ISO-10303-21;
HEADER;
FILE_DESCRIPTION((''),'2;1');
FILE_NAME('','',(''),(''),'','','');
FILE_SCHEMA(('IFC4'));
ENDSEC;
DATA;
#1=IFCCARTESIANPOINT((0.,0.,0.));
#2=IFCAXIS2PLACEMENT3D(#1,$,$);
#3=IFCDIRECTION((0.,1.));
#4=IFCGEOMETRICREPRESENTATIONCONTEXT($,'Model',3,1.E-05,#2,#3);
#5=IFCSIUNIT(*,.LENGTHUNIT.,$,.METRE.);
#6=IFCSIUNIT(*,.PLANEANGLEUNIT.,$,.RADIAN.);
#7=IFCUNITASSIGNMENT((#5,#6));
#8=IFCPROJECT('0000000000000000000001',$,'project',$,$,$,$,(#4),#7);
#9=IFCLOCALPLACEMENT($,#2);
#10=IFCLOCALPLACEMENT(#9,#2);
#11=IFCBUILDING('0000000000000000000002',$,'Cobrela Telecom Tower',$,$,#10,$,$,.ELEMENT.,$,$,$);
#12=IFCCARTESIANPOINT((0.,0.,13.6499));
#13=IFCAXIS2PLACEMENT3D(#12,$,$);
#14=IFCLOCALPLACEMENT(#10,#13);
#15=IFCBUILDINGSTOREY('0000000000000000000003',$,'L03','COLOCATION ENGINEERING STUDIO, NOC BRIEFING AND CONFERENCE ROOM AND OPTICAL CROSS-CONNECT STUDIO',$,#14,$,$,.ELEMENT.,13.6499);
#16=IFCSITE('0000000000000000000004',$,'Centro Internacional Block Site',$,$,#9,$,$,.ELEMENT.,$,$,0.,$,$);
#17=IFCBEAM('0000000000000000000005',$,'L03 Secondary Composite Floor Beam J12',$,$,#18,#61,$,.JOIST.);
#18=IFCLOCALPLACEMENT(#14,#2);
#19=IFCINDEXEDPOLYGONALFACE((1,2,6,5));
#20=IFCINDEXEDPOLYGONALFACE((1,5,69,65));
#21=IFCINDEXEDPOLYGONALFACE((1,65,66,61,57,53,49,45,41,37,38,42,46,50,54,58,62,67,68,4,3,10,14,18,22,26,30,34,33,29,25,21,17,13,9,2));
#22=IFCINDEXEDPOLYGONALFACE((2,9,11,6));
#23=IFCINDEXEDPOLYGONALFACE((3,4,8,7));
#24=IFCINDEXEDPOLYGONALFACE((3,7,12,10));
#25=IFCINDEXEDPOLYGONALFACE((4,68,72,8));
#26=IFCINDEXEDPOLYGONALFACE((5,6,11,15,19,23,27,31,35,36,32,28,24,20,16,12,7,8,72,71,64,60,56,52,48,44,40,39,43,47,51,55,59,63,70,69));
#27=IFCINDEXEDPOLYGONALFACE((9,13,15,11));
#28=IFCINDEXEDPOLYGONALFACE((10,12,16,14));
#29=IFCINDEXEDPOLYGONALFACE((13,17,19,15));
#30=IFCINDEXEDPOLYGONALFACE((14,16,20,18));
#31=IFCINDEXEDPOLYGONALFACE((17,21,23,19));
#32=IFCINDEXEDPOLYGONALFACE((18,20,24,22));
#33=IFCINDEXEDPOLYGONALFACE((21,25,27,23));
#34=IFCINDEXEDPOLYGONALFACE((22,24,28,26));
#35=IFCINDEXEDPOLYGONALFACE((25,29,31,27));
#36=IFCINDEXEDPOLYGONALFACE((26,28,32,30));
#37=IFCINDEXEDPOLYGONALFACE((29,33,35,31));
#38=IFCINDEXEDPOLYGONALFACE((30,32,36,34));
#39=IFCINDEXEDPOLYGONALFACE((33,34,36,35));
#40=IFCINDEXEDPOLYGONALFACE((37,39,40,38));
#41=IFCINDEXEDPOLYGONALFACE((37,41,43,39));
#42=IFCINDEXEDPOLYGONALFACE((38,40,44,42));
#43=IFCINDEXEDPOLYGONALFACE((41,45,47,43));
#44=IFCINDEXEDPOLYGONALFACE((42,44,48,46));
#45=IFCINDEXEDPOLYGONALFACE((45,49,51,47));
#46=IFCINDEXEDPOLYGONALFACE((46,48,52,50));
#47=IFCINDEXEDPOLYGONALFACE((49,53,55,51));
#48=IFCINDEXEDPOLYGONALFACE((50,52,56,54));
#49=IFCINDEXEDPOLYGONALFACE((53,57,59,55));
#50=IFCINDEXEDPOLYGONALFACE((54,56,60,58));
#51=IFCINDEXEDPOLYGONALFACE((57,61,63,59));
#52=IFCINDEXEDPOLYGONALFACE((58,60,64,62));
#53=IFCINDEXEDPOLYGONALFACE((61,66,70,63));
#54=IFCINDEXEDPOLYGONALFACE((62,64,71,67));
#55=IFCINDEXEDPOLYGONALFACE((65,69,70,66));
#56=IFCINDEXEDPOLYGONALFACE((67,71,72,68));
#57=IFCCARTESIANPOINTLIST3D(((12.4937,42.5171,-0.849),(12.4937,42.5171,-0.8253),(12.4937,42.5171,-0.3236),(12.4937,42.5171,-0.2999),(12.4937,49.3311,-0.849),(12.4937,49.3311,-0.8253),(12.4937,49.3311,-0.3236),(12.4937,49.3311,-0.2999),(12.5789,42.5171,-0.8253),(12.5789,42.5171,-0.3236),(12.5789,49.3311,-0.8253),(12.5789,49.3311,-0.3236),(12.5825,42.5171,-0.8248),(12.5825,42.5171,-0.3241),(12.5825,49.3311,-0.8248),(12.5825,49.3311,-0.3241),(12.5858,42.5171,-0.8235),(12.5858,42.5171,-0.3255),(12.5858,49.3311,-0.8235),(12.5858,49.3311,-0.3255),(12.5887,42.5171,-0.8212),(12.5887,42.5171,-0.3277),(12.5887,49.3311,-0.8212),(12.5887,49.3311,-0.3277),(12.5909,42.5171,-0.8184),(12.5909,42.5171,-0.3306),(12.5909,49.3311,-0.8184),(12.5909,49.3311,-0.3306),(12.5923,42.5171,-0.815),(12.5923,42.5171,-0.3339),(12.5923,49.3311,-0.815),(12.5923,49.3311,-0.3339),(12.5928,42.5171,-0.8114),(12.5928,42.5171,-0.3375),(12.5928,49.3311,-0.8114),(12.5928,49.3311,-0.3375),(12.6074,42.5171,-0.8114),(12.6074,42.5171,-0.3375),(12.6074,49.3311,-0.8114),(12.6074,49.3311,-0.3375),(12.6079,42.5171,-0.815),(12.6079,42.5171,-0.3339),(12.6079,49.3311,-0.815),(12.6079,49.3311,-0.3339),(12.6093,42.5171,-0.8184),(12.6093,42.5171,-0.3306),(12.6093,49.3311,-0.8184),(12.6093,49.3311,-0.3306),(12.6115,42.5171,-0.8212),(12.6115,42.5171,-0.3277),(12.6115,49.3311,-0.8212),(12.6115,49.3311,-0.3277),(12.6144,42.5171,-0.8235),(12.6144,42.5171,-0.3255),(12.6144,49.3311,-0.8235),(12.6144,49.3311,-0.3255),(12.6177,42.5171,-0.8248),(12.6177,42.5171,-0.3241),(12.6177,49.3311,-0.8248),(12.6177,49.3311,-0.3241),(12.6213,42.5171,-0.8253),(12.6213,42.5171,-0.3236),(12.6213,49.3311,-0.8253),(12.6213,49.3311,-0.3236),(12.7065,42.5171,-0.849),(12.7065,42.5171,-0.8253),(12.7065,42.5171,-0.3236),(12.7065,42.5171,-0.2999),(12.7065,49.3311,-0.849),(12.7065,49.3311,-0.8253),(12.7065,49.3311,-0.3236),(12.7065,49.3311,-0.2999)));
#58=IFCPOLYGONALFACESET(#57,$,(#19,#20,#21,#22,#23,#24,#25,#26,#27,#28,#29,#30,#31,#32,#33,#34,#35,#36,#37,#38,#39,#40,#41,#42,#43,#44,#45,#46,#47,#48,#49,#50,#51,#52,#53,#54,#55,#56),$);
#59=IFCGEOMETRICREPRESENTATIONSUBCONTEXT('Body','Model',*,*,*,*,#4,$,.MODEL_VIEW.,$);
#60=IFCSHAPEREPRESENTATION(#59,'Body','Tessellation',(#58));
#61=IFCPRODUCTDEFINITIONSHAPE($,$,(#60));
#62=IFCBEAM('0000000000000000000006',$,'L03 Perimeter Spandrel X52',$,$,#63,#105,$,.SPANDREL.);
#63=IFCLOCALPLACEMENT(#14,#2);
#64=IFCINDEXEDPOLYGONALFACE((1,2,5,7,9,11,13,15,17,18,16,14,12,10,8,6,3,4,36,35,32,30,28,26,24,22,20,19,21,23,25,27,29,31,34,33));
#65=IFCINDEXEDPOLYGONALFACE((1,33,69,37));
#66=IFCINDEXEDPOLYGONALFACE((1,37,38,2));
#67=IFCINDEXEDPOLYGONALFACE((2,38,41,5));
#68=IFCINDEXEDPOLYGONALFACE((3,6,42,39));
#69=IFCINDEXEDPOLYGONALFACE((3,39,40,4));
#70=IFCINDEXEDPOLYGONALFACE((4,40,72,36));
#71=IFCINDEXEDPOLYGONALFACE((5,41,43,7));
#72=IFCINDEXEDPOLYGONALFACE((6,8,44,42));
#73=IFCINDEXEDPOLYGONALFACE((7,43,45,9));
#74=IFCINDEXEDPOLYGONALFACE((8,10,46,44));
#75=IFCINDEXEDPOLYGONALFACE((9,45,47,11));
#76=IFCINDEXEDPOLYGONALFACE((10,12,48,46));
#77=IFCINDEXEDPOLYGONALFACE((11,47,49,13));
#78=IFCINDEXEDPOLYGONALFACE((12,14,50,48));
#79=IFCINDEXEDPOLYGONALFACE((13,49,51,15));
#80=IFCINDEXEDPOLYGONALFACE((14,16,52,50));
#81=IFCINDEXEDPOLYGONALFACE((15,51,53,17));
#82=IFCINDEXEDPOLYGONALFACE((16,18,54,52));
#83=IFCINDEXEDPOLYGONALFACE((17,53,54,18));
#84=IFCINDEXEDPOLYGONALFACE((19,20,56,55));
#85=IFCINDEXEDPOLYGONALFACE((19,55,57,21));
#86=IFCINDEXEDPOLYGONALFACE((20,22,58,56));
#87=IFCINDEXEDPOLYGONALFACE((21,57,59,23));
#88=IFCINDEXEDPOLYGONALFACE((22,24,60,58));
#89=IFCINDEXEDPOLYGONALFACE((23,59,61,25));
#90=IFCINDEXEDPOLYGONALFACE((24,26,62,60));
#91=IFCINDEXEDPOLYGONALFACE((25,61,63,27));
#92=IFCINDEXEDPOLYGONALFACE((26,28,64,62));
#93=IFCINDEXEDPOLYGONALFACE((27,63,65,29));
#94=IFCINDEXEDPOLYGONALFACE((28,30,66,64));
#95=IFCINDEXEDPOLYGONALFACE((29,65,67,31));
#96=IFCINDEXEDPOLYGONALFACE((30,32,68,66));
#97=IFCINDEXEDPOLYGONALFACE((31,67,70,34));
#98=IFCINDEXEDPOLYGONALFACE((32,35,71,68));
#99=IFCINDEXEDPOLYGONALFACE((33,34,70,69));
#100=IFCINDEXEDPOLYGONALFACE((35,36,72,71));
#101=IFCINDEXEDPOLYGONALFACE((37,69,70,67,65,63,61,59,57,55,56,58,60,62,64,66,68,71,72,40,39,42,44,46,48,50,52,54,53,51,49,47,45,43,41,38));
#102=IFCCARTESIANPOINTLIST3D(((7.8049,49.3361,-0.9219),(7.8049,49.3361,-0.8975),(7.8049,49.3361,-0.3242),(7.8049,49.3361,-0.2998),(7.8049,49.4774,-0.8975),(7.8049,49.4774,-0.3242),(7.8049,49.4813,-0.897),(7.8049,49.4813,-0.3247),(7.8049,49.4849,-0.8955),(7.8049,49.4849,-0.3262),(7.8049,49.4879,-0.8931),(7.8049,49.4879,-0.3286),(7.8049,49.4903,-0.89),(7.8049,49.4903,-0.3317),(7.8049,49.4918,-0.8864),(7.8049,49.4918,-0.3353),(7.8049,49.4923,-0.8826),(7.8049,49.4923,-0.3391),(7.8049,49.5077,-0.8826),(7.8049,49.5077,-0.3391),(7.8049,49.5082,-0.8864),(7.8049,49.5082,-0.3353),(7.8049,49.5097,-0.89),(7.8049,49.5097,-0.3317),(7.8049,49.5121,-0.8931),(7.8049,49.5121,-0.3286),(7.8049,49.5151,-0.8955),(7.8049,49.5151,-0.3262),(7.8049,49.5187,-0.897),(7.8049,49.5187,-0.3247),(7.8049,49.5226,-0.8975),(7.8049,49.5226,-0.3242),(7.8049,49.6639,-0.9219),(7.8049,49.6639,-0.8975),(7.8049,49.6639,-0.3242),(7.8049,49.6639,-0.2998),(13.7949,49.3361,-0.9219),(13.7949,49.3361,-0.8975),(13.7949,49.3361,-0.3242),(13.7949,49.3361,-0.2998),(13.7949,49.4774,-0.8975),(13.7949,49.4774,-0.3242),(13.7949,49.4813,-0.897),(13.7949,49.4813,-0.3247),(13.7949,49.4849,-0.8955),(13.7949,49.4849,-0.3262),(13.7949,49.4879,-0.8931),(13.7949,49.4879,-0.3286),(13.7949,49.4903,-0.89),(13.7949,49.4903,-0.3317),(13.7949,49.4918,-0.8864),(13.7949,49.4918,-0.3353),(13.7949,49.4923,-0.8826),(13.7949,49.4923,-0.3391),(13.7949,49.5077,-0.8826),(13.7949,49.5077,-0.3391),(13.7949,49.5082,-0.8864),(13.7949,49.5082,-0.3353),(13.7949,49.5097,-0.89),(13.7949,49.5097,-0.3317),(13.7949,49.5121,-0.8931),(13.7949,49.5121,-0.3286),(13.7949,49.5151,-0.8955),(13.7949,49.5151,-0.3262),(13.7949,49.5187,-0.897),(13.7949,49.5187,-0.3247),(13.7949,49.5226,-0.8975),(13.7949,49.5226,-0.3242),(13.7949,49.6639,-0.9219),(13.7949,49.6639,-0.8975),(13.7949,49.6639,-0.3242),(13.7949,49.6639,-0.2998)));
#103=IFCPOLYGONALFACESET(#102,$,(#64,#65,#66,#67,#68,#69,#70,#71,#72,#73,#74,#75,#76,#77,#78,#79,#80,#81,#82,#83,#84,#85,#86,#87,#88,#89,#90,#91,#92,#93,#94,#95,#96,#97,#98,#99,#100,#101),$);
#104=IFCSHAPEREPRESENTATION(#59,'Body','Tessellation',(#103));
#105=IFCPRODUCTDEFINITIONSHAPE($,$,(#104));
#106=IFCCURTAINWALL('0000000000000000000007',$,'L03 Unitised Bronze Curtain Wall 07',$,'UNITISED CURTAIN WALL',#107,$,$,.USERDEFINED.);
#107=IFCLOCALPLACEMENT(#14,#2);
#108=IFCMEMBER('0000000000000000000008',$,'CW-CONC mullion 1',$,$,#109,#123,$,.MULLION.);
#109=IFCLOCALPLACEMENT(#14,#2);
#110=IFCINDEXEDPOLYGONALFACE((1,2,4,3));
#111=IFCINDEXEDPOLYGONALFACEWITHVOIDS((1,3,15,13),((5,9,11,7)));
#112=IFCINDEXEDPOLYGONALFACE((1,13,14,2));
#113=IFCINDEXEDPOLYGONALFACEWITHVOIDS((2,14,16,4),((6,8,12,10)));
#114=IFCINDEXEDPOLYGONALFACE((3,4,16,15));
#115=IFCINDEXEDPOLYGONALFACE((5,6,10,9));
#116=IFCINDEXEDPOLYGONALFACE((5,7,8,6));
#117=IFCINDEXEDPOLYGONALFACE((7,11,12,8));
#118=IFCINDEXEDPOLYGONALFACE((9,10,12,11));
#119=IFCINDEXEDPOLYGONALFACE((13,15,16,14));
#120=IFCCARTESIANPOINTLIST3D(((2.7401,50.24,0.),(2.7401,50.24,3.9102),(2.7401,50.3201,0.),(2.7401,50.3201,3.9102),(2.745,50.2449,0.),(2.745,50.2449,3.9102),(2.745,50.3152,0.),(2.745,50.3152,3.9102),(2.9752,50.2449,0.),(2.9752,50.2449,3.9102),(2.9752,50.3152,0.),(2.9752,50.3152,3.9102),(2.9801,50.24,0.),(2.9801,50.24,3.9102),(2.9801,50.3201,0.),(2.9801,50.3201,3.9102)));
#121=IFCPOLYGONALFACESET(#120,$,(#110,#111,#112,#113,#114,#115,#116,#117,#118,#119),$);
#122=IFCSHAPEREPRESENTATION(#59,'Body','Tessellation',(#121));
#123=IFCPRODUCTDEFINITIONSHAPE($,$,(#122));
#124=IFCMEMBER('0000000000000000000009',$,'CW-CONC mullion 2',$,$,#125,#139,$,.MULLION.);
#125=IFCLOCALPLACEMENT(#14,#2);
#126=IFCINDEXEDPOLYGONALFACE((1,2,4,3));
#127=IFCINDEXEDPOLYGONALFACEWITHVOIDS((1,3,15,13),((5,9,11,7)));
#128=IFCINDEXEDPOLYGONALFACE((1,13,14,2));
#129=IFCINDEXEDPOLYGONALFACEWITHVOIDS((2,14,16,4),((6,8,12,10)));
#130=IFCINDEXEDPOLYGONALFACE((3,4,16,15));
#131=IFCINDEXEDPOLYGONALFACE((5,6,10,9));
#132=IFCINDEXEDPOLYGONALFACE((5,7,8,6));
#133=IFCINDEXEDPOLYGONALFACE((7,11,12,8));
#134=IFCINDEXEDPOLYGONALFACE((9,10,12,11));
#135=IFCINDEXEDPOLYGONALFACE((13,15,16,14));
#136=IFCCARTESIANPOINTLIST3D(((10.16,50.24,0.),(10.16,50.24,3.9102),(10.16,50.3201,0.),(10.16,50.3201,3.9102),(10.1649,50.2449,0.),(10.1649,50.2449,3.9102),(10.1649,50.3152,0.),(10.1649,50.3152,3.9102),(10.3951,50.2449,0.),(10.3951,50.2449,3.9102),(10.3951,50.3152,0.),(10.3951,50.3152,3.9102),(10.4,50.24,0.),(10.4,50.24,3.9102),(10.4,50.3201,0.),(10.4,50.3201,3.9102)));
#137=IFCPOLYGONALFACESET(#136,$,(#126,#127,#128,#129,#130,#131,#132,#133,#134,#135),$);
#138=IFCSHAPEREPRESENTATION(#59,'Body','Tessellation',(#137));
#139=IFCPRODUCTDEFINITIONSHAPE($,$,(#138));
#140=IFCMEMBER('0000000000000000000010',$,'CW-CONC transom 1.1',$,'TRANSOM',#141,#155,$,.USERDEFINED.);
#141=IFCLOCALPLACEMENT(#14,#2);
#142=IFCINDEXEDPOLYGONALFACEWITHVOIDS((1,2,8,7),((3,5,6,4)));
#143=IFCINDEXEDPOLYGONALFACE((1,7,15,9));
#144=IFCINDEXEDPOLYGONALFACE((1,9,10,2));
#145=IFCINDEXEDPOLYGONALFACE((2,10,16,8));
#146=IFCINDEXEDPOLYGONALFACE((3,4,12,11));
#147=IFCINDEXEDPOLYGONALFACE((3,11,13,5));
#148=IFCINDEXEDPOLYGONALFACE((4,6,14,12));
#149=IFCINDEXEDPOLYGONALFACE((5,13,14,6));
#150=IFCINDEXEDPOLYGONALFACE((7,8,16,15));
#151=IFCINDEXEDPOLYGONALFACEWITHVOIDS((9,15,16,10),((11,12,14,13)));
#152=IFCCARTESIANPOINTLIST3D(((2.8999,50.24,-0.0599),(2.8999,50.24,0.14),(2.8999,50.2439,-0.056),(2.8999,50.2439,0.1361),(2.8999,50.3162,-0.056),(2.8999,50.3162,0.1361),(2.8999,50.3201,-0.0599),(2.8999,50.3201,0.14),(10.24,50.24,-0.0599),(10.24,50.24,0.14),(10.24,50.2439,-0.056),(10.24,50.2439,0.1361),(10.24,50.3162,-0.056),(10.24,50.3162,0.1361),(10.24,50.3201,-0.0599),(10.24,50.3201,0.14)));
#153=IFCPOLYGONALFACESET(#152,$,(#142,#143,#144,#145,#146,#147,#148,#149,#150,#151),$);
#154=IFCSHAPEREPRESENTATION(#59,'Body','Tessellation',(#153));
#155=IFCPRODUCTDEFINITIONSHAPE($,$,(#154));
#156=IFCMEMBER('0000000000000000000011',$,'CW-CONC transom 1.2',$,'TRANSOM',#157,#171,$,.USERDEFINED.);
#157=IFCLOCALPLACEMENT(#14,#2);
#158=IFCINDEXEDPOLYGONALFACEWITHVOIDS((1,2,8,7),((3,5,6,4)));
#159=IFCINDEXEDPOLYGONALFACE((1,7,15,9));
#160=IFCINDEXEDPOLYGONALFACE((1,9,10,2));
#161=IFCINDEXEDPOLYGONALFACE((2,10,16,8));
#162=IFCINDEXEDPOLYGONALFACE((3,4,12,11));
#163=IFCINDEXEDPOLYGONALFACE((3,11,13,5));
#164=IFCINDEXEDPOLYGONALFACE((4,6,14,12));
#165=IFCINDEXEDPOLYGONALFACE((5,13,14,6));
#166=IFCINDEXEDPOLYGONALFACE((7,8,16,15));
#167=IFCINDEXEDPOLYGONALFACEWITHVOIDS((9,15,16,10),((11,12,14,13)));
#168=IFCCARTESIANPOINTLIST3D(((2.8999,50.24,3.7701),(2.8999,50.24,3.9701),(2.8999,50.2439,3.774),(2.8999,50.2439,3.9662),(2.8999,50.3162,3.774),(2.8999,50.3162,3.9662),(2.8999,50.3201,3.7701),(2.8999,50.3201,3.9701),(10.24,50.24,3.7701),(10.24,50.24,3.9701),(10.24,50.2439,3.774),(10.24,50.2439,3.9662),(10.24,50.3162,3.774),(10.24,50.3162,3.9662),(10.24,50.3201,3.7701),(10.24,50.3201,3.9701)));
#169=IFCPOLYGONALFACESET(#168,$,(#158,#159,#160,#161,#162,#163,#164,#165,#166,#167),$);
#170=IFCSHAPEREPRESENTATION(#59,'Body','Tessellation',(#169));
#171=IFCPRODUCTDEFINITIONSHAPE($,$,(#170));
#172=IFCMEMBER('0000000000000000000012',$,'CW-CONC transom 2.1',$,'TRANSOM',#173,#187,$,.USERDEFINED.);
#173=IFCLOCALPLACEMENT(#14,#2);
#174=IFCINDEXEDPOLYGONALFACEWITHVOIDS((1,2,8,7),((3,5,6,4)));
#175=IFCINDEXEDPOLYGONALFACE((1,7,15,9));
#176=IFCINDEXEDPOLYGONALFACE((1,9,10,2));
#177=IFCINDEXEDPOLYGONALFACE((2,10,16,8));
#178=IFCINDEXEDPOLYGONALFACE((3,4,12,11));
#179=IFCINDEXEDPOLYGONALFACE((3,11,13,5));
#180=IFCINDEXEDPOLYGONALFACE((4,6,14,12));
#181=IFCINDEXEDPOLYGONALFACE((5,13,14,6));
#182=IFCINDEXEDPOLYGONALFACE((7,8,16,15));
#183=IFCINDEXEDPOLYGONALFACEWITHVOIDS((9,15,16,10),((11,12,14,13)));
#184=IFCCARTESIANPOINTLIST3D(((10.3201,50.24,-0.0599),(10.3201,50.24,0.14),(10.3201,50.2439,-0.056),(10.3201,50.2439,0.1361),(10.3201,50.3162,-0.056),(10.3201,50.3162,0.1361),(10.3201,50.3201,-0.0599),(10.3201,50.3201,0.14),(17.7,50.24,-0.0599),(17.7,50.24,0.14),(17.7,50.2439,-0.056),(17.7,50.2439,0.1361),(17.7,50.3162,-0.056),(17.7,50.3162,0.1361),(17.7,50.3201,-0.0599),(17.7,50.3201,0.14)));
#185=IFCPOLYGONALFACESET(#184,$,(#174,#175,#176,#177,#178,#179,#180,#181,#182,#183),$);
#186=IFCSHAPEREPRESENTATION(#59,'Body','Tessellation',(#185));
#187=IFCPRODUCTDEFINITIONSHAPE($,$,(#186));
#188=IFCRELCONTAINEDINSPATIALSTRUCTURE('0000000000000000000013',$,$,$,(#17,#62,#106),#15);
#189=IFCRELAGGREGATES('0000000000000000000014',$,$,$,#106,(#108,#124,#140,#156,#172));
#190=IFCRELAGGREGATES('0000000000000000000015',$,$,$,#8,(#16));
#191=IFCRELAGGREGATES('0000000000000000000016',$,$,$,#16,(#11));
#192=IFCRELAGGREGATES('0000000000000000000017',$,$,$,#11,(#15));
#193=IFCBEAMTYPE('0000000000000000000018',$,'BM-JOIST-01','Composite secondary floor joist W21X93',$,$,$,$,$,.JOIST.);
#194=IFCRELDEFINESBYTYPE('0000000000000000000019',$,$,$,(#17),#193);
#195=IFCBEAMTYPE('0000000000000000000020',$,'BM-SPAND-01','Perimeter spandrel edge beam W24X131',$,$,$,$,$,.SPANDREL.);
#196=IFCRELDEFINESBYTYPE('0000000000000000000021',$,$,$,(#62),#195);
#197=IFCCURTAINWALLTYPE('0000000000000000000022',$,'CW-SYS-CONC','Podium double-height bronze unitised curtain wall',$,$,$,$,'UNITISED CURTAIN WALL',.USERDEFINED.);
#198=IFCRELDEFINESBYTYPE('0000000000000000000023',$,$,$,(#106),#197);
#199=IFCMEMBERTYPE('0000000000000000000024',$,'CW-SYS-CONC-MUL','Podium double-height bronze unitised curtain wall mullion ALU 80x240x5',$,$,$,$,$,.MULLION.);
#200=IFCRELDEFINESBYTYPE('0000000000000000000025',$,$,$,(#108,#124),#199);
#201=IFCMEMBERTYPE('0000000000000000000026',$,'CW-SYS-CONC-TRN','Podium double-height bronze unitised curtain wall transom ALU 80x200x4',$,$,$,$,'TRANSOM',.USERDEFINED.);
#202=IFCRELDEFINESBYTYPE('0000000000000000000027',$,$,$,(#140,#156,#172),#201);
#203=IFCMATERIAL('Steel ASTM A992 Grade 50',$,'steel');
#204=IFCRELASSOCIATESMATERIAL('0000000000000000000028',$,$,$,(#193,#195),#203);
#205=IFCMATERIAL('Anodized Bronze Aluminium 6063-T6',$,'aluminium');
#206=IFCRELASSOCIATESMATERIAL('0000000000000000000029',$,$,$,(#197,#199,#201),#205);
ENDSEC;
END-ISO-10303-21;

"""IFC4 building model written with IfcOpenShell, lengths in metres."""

from ifc_helpers import new_model, si_unit, direction, frame, origin, origin_2d, place, context, subcontext, project, spatial, hollow_rectangle, i_section, extrude, material, material_profile, profile_set, type_object, element, aggregate, save


model = new_model("IFC4")

# Units and contexts
model_context = context("Model", 3, precision=1e-05, world=origin(), true_north=direction((0.0, 1.0)))
body_context = subcontext(model_context, "Body", "Model", "MODEL_VIEW")
ifc_project = project(units=[si_unit("LENGTHUNIT", "METRE"), si_unit("PLANEANGLEUNIT", "RADIAN")], contexts=[model_context])

# Site, building, storey
site_placement = place(None, origin())
site = spatial("IfcSite", under=ifc_project, at=site_placement, Name="Centro Internacional Block Site", CompositionType="ELEMENT", RefElevation=0.0)
building_placement = place(site_placement, origin())
building = spatial("IfcBuilding", under=site, at=building_placement, Name="Cobrela Telecom Tower", CompositionType="ELEMENT")
storey_placement = place(building_placement, frame((0.0, 0.0, 13.6499)))
storey = spatial("IfcBuildingStorey", under=building, at=storey_placement, Name="L03", Description="COLOCATION ENGINEERING STUDIO, NOC BRIEFING AND CONFERENCE ROOM AND OPTICAL CROSS-CONNECT STUDIO", CompositionType="ELEMENT", Elevation=13.6499)

# Beams
ifc_material_1 = material(Name="Steel ASTM A992 Grade 50", Category="steel")
ifc_material_profile_1 = material_profile(ifc_material_1, i_section(OverallWidth=0.2129, OverallDepth=0.5491, WebThickness=0.0146, FlangeThickness=0.0237, FilletRadius=0.0139, at=origin_2d()), Name="W21X93")
ifc_profile_set_1 = profile_set([ifc_material_profile_1], Name="Steel ASTM A992 Grade 50")
beam_type_1 = type_object("IfcBeamType", Name="BM-JOIST-01", Description="Composite secondary floor joist W21X93", PredefinedType="JOIST", material=ifc_profile_set_1)
beam_1_placement = place(storey_placement, frame((12.6001, 42.5171, -0.5745), z_axis=(0.0, 1.0, 0.0), x_axis=(-1.0, 0.0, 0.0)))
element("IfcBeam", 1, at=beam_1_placement, inside=storey, type_object=beam_type_1, Name="L03 Secondary Composite Floor Beam J12", PredefinedType="JOIST", context=body_context, shape_type="SweptSolid", body=[
    extrude(i_section(OverallWidth=0.2129, OverallDepth=0.5491, WebThickness=0.0146, FlangeThickness=0.0237, FilletRadius=0.0139, at=origin_2d()), origin(), (0.0, 0.0, 1.0), 6.814),
])
ifc_material_profile_2 = material_profile(ifc_material_1, i_section(OverallWidth=0.3279, OverallDepth=0.6221, WebThickness=0.0154, FlangeThickness=0.0244, FilletRadius=0.0149, at=origin_2d()), Name="W24X131")
ifc_profile_set_2 = profile_set([ifc_material_profile_2], Name="Steel ASTM A992 Grade 50")
beam_type_2 = type_object("IfcBeamType", Name="BM-SPAND-01", Description="Perimeter spandrel edge beam W24X131", PredefinedType="SPANDREL", material=ifc_profile_set_2)
beam_2_placement = place(storey_placement, frame((7.8049, 49.5, -0.6108), z_axis=(1.0, 0.0, 0.0), x_axis=(0.0, 1.0, 0.0)))
element("IfcBeam", 2, at=beam_2_placement, inside=storey, type_object=beam_type_2, Name="L03 Perimeter Spandrel X52", PredefinedType="SPANDREL", context=body_context, shape_type="SweptSolid", body=[
    extrude(i_section(OverallWidth=0.3279, OverallDepth=0.6221, WebThickness=0.0154, FlangeThickness=0.0244, FilletRadius=0.0149, at=origin_2d()), origin(), (0.0, 0.0, 1.0), 5.99),
])

# Curtain wall, members
ifc_material_2 = material(Name="Anodized Bronze Aluminium 6063-T6", Category="aluminium")
curtain_wall_type = type_object("IfcCurtainWallType", Name="CW-SYS-CONC", Description="Podium double-height bronze unitised curtain wall", ElementType="UNITISED CURTAIN WALL", PredefinedType="USERDEFINED", material=ifc_material_2)
curtain_wall_placement = place(storey_placement, origin())
curtain_wall = element("IfcCurtainWall", 3, at=curtain_wall_placement, inside=storey, type_object=curtain_wall_type, Name="L03 Unitised Bronze Curtain Wall 07", ObjectType="UNITISED CURTAIN WALL", PredefinedType="USERDEFINED")
ifc_material_profile_3 = material_profile(ifc_material_2, hollow_rectangle(XDim=0.0801, YDim=0.24, WallThickness=0.0049, at=origin_2d()), Name="ALU 80x240x5")
ifc_profile_set_3 = profile_set([ifc_material_profile_3], Name="Anodized Bronze Aluminium 6063-T6")
member_type_1 = type_object("IfcMemberType", Name="CW-SYS-CONC-MUL", Description="Podium double-height bronze unitised curtain wall mullion ALU 80x240x5", PredefinedType="MULLION", material=ifc_profile_set_3)
member_1_placement = place(storey_placement, frame((2.8601, 50.28, 0.0), z_axis=(0.0, 0.0, 1.0), x_axis=(0.0, 1.0, 0.0)))
member_1 = element("IfcMember", 4, at=member_1_placement, type_object=member_type_1, Name="CW-CONC mullion 1", PredefinedType="MULLION", context=body_context, shape_type="SweptSolid", body=[
    extrude(hollow_rectangle(XDim=0.0801, YDim=0.24, WallThickness=0.0049, at=origin_2d()), origin(), (0.0, 0.0, 1.0), 3.9102),
])
member_2_placement = place(storey_placement, frame((10.28, 50.28, 0.0), z_axis=(0.0, 0.0, 1.0), x_axis=(0.0, 1.0, 0.0)))
member_2 = element("IfcMember", 5, at=member_2_placement, type_object=member_type_1, Name="CW-CONC mullion 2", PredefinedType="MULLION", context=body_context, shape_type="SweptSolid", body=[
    extrude(hollow_rectangle(XDim=0.0801, YDim=0.24, WallThickness=0.0049, at=origin_2d()), origin(), (0.0, 0.0, 1.0), 3.9102),
])
ifc_material_profile_4 = material_profile(ifc_material_2, hollow_rectangle(XDim=0.0801, YDim=0.2, WallThickness=0.0039, at=origin_2d()), Name="ALU 80x200x4")
ifc_profile_set_4 = profile_set([ifc_material_profile_4], Name="Anodized Bronze Aluminium 6063-T6")
member_type_2 = type_object("IfcMemberType", Name="CW-SYS-CONC-TRN", Description="Podium double-height bronze unitised curtain wall transom ALU 80x200x4", ElementType="TRANSOM", PredefinedType="USERDEFINED", material=ifc_profile_set_4)
member_3_placement = place(storey_placement, frame((2.8999, 50.28, 0.04), z_axis=(1.0, 0.0, 0.0), x_axis=(0.0, 1.0, 0.0)))
member_3 = element("IfcMember", 6, at=member_3_placement, type_object=member_type_2, Name="CW-CONC transom 1.1", ObjectType="TRANSOM", PredefinedType="USERDEFINED", context=body_context, shape_type="SweptSolid", body=[
    extrude(hollow_rectangle(XDim=0.0801, YDim=0.2, WallThickness=0.0039, at=origin_2d()), origin(), (0.0, 0.0, 1.0), 7.3401),
])
member_4_placement = place(storey_placement, frame((2.8999, 50.28, 3.8701), z_axis=(1.0, 0.0, 0.0), x_axis=(0.0, 1.0, 0.0)))
member_4 = element("IfcMember", 7, at=member_4_placement, type_object=member_type_2, Name="CW-CONC transom 1.2", ObjectType="TRANSOM", PredefinedType="USERDEFINED", context=body_context, shape_type="SweptSolid", body=[
    extrude(hollow_rectangle(XDim=0.0801, YDim=0.2, WallThickness=0.0039, at=origin_2d()), origin(), (0.0, 0.0, 1.0), 7.3401),
])
member_5_placement = place(storey_placement, frame((10.3201, 50.28, 0.04), z_axis=(1.0, 0.0, 0.0), x_axis=(0.0, 1.0, 0.0)))
member_5 = element("IfcMember", 8, at=member_5_placement, type_object=member_type_2, Name="CW-CONC transom 2.1", ObjectType="TRANSOM", PredefinedType="USERDEFINED", context=body_context, shape_type="SweptSolid", body=[
    extrude(hollow_rectangle(XDim=0.0801, YDim=0.2, WallThickness=0.0039, at=origin_2d()), origin(), (0.0, 0.0, 1.0), 7.3799),
])
aggregate(curtain_wall, [member_1, member_2, member_3, member_4, member_5])

save(model, "model.ifc")
